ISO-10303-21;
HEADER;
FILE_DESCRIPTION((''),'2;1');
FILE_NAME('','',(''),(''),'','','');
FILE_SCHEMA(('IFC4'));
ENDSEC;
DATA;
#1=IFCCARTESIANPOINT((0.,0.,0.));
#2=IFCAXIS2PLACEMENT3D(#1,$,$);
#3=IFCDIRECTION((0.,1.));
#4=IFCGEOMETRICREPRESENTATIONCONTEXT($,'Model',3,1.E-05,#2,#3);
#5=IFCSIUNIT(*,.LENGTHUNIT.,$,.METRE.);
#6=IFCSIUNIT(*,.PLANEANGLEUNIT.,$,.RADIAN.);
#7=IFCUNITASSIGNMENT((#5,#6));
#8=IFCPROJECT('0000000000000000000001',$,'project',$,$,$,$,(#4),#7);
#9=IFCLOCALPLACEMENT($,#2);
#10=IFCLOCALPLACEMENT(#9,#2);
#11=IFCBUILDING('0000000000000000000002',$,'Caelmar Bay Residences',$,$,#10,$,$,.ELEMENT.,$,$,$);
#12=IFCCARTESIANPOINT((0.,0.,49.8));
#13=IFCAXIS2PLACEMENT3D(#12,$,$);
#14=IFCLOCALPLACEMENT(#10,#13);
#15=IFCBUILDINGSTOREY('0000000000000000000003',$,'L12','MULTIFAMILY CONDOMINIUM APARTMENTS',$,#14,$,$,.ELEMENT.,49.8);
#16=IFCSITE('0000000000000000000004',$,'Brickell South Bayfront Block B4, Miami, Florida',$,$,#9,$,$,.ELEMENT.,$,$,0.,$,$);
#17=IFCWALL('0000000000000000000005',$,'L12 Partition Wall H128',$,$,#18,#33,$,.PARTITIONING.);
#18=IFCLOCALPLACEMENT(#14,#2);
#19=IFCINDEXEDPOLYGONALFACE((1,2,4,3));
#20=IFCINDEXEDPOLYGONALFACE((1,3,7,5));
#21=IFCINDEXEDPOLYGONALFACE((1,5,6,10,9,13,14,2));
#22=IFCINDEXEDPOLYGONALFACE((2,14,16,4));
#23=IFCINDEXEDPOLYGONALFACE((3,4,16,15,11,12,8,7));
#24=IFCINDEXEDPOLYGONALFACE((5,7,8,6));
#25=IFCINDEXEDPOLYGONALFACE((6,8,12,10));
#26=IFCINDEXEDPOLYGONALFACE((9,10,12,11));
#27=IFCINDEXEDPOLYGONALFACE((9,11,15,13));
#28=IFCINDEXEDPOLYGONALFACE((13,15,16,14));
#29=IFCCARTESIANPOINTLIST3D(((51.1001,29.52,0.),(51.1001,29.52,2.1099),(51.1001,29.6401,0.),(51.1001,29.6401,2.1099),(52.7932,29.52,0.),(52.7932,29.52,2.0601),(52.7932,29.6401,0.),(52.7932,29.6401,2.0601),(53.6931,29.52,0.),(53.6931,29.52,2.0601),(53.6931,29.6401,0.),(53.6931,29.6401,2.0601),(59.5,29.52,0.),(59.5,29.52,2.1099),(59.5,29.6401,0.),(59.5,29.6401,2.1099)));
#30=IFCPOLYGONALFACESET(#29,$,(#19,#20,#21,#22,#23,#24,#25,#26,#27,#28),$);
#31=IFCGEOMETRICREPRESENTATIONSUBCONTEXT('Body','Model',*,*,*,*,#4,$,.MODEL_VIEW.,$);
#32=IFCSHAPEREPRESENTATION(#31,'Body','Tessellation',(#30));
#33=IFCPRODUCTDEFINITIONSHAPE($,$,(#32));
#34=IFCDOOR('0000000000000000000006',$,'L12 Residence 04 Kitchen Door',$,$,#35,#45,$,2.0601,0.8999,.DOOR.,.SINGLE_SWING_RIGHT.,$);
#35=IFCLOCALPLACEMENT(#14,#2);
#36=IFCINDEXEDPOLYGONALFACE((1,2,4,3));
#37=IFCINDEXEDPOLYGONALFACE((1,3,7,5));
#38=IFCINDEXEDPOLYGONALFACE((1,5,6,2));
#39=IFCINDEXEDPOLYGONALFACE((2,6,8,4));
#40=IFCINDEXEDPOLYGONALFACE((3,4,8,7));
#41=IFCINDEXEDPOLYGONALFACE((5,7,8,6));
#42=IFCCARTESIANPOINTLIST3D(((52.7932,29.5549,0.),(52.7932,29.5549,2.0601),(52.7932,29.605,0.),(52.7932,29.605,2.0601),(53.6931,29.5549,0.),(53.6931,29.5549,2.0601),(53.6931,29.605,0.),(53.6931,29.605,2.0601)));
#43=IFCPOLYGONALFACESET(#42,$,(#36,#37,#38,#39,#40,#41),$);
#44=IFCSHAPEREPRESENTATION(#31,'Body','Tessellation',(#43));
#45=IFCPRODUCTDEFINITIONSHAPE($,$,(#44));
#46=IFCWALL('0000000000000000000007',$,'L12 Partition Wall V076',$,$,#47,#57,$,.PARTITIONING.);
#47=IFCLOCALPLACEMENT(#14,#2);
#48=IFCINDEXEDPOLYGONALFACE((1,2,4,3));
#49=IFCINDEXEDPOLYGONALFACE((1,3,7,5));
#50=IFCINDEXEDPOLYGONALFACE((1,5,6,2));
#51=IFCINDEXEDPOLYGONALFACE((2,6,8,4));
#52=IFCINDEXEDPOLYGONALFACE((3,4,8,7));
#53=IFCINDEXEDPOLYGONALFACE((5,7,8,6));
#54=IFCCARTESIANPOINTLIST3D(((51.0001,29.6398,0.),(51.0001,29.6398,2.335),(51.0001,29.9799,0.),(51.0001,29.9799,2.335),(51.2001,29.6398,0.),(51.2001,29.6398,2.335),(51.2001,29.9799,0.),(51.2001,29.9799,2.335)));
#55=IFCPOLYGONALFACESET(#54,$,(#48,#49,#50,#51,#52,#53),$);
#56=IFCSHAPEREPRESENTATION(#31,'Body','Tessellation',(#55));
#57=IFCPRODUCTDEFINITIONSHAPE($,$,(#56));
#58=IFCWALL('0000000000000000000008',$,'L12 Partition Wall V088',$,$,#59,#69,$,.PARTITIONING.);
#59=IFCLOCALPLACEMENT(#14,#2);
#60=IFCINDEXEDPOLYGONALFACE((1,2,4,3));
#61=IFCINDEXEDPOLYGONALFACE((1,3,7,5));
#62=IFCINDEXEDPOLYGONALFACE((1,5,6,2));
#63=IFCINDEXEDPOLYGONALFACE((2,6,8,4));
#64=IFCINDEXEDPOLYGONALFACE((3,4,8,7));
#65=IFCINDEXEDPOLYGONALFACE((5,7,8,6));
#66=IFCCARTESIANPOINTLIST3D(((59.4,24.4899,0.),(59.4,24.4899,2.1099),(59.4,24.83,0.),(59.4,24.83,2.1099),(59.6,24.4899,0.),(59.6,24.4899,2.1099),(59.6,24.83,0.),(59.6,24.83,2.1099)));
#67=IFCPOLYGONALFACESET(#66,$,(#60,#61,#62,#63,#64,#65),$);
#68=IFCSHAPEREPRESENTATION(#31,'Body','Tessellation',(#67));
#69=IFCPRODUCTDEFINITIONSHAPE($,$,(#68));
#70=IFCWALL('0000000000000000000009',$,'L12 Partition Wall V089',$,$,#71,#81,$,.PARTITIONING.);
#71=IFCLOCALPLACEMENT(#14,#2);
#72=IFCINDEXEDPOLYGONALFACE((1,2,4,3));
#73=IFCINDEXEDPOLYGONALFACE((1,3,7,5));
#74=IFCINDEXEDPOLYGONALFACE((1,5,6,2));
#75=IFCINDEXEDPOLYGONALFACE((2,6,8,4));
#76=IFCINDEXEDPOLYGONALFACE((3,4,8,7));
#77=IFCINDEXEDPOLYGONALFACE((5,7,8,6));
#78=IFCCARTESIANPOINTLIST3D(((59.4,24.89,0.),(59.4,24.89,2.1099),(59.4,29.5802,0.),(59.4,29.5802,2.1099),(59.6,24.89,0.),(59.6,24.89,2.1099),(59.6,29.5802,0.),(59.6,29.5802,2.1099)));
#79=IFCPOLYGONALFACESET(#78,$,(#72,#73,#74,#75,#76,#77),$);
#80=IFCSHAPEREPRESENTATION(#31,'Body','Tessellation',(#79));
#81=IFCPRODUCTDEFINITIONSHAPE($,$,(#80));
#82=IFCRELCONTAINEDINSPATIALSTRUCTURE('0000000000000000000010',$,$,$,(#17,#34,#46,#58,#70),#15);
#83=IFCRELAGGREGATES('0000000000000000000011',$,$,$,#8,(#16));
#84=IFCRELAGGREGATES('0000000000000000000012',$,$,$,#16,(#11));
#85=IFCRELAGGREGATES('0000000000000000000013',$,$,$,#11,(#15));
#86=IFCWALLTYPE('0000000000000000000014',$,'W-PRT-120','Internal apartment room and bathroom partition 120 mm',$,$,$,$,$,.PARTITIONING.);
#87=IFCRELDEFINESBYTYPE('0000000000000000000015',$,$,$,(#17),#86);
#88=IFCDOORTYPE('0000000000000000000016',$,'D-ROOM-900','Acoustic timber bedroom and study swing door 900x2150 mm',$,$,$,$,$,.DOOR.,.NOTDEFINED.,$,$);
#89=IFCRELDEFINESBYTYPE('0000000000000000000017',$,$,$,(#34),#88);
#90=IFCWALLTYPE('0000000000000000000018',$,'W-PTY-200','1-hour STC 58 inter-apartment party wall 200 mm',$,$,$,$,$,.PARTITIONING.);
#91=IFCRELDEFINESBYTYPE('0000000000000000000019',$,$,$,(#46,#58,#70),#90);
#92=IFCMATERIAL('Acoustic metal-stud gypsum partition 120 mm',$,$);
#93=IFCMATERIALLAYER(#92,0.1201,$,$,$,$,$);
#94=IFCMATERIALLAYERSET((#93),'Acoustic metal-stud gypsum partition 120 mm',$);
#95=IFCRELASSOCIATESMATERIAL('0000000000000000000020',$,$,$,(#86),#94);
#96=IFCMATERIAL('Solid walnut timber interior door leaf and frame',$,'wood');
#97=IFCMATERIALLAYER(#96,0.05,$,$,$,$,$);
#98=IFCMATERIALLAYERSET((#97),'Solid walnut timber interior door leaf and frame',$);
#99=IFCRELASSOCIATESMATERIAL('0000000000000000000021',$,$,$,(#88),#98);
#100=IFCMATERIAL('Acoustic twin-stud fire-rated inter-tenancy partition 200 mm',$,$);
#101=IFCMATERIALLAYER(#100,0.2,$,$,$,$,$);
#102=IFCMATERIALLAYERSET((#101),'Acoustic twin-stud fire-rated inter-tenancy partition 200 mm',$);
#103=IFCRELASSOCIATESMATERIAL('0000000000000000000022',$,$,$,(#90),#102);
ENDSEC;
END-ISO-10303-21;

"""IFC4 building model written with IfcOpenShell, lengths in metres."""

from ifc_helpers import new_model, si_unit, direction, frame, frame_2d, origin, place, context, subcontext, project, spatial, rectangle, extrude, material, layer, layer_set, type_object, element, fill, save


model = new_model("IFC4")

# Units and contexts
model_context = context("Model", 3, precision=1e-05, world=origin(), true_north=direction((0.0, 1.0)))
body_context = subcontext(model_context, "Body", "Model", "MODEL_VIEW")
ifc_project = project(units=[si_unit("LENGTHUNIT", "METRE"), si_unit("PLANEANGLEUNIT", "RADIAN")], contexts=[model_context])

# Site, building, storey
site_placement = place(None, origin())
site = spatial("IfcSite", under=ifc_project, at=site_placement, Name="Brickell South Bayfront Block B4, Miami, Florida", CompositionType="ELEMENT", RefElevation=0.0)
building_placement = place(site_placement, origin())
building = spatial("IfcBuilding", under=site, at=building_placement, Name="Caelmar Bay Residences", CompositionType="ELEMENT")
storey_placement = place(building_placement, frame((0.0, 0.0, 49.8)))
storey = spatial("IfcBuildingStorey", under=building, at=storey_placement, Name="L12", Description="MULTIFAMILY CONDOMINIUM APARTMENTS", CompositionType="ELEMENT", Elevation=49.8)

# Shared definitions
ifc_material_1 = material(Name="Acoustic metal-stud gypsum partition 120 mm")
ifc_layer_1 = layer(ifc_material_1, 0.1201)
ifc_layer_set_1 = layer_set([ifc_layer_1], Name="Acoustic metal-stud gypsum partition 120 mm")
wall_type_1 = type_object("IfcWallType", Name="W-PRT-120", Description="Internal apartment room and bathroom partition 120 mm", PredefinedType="PARTITIONING", material=ifc_layer_set_1)
ifc_material_2 = material(Name="Solid walnut timber interior door leaf and frame", Category="wood")

# Shared definitions
ifc_layer_2 = layer(ifc_material_2, 0.05)
ifc_layer_set_2 = layer_set([ifc_layer_2], Name="Solid walnut timber interior door leaf and frame")
door_type_1 = type_object("IfcDoorType", Name="D-ROOM-900", Description="Acoustic timber bedroom and study swing door 900x2150 mm", OperationType="NOTDEFINED", PredefinedType="DOOR", material=ifc_layer_set_2)

# Wall, opening, door
wall_1_placement = place(storey_placement, frame((51.1001, 29.5801, 0.0), z_axis=(0.0, 0.0, 1.0), x_axis=(1.0, 0.0, 0.0)))
wall_1 = element("IfcWall", 1, at=wall_1_placement, inside=storey, type_object=wall_type_1, Name="L12 Partition Wall H128", PredefinedType="PARTITIONING", context=body_context, shape_type="SweptSolid", body=[
    extrude(rectangle(XDim=8.3999, YDim=0.1201, at=frame_2d((4.2, 0.0))), origin(), (0.0, 0.0, 1.0), 2.1099),
])
opening_1_placement = place(wall_1_placement, frame((1.6931, 0.0, 0.0)))
opening_1 = element("IfcOpeningElement", 2, at=opening_1_placement, cuts=wall_1, PredefinedType="OPENING", context=body_context, shape_type="SweptSolid", body=[
    extrude(rectangle(XDim=0.8999, YDim=2.0601, at=frame_2d((0.45, 1.03))), frame((0.0, 0.0701, 0.0), z_axis=(0.0, -1.0, 0.0), x_axis=(1.0, 0.0, 0.0)), (0.0, 0.0, 1.0), 0.1401),
])
door_1_placement = place(opening_1_placement, origin())
door_1 = element("IfcDoor", 3, at=door_1_placement, inside=storey, type_object=door_type_1, Name="L12 Residence 04 Kitchen Door", OperationType="SINGLE_SWING_RIGHT", OverallHeight=2.0601, OverallWidth=0.8999, PredefinedType="DOOR", context=body_context, shape_type="SweptSolid", body=[
    extrude(rectangle(XDim=0.8999, YDim=2.0601, at=frame_2d((0.45, 1.03))), frame((0.0, 0.0249, 0.0), z_axis=(0.0, -1.0, 0.0), x_axis=(1.0, 0.0, 0.0)), (0.0, 0.0, 1.0), 0.05),
])
fill(opening_1, door_1)

# Walls
ifc_material_3 = material(Name="Acoustic twin-stud fire-rated inter-tenancy partition 200 mm")
ifc_layer_3 = layer(ifc_material_3, 0.2)
ifc_layer_set_3 = layer_set([ifc_layer_3], Name="Acoustic twin-stud fire-rated inter-tenancy partition 200 mm")
wall_type_2 = type_object("IfcWallType", Name="W-PTY-200", Description="1-hour STC 58 inter-apartment party wall 200 mm", PredefinedType="PARTITIONING", material=ifc_layer_set_3)
wall_2_placement = place(storey_placement, frame((51.1001, 29.6399, 0.0), z_axis=(0.0, 0.0, 1.0), x_axis=(0.0, 1.0, 0.0)))
element("IfcWall", 4, at=wall_2_placement, inside=storey, type_object=wall_type_2, Name="L12 Partition Wall V076", PredefinedType="PARTITIONING", context=body_context, shape_type="SweptSolid", body=[
    extrude(rectangle(XDim=0.3401, YDim=0.2, at=frame_2d((0.1699, 0.0))), origin(), (0.0, 0.0, 1.0), 2.335),
])
wall_3_placement = place(storey_placement, frame((59.5, 24.49, 0.0), z_axis=(0.0, 0.0, 1.0), x_axis=(0.0, 1.0, 0.0)))
element("IfcWall", 5, at=wall_3_placement, inside=storey, type_object=wall_type_2, Name="L12 Partition Wall V088", PredefinedType="PARTITIONING", context=body_context, shape_type="SweptSolid", body=[
    extrude(rectangle(XDim=0.3401, YDim=0.2, at=frame_2d((0.1699, 0.0))), origin(), (0.0, 0.0, 1.0), 2.1099),
])
wall_4_placement = place(storey_placement, frame((59.5, 24.8899, 0.0), z_axis=(0.0, 0.0, 1.0), x_axis=(0.0, 1.0, 0.0)))
element("IfcWall", 6, at=wall_4_placement, inside=storey, type_object=wall_type_2, Name="L12 Partition Wall V089", PredefinedType="PARTITIONING", context=body_context, shape_type="SweptSolid", body=[
    extrude(rectangle(XDim=4.6902, YDim=0.2, at=frame_2d((2.3452, 0.0))), origin(), (0.0, 0.0, 1.0), 2.1099),
])

save(model, "model.ifc")
